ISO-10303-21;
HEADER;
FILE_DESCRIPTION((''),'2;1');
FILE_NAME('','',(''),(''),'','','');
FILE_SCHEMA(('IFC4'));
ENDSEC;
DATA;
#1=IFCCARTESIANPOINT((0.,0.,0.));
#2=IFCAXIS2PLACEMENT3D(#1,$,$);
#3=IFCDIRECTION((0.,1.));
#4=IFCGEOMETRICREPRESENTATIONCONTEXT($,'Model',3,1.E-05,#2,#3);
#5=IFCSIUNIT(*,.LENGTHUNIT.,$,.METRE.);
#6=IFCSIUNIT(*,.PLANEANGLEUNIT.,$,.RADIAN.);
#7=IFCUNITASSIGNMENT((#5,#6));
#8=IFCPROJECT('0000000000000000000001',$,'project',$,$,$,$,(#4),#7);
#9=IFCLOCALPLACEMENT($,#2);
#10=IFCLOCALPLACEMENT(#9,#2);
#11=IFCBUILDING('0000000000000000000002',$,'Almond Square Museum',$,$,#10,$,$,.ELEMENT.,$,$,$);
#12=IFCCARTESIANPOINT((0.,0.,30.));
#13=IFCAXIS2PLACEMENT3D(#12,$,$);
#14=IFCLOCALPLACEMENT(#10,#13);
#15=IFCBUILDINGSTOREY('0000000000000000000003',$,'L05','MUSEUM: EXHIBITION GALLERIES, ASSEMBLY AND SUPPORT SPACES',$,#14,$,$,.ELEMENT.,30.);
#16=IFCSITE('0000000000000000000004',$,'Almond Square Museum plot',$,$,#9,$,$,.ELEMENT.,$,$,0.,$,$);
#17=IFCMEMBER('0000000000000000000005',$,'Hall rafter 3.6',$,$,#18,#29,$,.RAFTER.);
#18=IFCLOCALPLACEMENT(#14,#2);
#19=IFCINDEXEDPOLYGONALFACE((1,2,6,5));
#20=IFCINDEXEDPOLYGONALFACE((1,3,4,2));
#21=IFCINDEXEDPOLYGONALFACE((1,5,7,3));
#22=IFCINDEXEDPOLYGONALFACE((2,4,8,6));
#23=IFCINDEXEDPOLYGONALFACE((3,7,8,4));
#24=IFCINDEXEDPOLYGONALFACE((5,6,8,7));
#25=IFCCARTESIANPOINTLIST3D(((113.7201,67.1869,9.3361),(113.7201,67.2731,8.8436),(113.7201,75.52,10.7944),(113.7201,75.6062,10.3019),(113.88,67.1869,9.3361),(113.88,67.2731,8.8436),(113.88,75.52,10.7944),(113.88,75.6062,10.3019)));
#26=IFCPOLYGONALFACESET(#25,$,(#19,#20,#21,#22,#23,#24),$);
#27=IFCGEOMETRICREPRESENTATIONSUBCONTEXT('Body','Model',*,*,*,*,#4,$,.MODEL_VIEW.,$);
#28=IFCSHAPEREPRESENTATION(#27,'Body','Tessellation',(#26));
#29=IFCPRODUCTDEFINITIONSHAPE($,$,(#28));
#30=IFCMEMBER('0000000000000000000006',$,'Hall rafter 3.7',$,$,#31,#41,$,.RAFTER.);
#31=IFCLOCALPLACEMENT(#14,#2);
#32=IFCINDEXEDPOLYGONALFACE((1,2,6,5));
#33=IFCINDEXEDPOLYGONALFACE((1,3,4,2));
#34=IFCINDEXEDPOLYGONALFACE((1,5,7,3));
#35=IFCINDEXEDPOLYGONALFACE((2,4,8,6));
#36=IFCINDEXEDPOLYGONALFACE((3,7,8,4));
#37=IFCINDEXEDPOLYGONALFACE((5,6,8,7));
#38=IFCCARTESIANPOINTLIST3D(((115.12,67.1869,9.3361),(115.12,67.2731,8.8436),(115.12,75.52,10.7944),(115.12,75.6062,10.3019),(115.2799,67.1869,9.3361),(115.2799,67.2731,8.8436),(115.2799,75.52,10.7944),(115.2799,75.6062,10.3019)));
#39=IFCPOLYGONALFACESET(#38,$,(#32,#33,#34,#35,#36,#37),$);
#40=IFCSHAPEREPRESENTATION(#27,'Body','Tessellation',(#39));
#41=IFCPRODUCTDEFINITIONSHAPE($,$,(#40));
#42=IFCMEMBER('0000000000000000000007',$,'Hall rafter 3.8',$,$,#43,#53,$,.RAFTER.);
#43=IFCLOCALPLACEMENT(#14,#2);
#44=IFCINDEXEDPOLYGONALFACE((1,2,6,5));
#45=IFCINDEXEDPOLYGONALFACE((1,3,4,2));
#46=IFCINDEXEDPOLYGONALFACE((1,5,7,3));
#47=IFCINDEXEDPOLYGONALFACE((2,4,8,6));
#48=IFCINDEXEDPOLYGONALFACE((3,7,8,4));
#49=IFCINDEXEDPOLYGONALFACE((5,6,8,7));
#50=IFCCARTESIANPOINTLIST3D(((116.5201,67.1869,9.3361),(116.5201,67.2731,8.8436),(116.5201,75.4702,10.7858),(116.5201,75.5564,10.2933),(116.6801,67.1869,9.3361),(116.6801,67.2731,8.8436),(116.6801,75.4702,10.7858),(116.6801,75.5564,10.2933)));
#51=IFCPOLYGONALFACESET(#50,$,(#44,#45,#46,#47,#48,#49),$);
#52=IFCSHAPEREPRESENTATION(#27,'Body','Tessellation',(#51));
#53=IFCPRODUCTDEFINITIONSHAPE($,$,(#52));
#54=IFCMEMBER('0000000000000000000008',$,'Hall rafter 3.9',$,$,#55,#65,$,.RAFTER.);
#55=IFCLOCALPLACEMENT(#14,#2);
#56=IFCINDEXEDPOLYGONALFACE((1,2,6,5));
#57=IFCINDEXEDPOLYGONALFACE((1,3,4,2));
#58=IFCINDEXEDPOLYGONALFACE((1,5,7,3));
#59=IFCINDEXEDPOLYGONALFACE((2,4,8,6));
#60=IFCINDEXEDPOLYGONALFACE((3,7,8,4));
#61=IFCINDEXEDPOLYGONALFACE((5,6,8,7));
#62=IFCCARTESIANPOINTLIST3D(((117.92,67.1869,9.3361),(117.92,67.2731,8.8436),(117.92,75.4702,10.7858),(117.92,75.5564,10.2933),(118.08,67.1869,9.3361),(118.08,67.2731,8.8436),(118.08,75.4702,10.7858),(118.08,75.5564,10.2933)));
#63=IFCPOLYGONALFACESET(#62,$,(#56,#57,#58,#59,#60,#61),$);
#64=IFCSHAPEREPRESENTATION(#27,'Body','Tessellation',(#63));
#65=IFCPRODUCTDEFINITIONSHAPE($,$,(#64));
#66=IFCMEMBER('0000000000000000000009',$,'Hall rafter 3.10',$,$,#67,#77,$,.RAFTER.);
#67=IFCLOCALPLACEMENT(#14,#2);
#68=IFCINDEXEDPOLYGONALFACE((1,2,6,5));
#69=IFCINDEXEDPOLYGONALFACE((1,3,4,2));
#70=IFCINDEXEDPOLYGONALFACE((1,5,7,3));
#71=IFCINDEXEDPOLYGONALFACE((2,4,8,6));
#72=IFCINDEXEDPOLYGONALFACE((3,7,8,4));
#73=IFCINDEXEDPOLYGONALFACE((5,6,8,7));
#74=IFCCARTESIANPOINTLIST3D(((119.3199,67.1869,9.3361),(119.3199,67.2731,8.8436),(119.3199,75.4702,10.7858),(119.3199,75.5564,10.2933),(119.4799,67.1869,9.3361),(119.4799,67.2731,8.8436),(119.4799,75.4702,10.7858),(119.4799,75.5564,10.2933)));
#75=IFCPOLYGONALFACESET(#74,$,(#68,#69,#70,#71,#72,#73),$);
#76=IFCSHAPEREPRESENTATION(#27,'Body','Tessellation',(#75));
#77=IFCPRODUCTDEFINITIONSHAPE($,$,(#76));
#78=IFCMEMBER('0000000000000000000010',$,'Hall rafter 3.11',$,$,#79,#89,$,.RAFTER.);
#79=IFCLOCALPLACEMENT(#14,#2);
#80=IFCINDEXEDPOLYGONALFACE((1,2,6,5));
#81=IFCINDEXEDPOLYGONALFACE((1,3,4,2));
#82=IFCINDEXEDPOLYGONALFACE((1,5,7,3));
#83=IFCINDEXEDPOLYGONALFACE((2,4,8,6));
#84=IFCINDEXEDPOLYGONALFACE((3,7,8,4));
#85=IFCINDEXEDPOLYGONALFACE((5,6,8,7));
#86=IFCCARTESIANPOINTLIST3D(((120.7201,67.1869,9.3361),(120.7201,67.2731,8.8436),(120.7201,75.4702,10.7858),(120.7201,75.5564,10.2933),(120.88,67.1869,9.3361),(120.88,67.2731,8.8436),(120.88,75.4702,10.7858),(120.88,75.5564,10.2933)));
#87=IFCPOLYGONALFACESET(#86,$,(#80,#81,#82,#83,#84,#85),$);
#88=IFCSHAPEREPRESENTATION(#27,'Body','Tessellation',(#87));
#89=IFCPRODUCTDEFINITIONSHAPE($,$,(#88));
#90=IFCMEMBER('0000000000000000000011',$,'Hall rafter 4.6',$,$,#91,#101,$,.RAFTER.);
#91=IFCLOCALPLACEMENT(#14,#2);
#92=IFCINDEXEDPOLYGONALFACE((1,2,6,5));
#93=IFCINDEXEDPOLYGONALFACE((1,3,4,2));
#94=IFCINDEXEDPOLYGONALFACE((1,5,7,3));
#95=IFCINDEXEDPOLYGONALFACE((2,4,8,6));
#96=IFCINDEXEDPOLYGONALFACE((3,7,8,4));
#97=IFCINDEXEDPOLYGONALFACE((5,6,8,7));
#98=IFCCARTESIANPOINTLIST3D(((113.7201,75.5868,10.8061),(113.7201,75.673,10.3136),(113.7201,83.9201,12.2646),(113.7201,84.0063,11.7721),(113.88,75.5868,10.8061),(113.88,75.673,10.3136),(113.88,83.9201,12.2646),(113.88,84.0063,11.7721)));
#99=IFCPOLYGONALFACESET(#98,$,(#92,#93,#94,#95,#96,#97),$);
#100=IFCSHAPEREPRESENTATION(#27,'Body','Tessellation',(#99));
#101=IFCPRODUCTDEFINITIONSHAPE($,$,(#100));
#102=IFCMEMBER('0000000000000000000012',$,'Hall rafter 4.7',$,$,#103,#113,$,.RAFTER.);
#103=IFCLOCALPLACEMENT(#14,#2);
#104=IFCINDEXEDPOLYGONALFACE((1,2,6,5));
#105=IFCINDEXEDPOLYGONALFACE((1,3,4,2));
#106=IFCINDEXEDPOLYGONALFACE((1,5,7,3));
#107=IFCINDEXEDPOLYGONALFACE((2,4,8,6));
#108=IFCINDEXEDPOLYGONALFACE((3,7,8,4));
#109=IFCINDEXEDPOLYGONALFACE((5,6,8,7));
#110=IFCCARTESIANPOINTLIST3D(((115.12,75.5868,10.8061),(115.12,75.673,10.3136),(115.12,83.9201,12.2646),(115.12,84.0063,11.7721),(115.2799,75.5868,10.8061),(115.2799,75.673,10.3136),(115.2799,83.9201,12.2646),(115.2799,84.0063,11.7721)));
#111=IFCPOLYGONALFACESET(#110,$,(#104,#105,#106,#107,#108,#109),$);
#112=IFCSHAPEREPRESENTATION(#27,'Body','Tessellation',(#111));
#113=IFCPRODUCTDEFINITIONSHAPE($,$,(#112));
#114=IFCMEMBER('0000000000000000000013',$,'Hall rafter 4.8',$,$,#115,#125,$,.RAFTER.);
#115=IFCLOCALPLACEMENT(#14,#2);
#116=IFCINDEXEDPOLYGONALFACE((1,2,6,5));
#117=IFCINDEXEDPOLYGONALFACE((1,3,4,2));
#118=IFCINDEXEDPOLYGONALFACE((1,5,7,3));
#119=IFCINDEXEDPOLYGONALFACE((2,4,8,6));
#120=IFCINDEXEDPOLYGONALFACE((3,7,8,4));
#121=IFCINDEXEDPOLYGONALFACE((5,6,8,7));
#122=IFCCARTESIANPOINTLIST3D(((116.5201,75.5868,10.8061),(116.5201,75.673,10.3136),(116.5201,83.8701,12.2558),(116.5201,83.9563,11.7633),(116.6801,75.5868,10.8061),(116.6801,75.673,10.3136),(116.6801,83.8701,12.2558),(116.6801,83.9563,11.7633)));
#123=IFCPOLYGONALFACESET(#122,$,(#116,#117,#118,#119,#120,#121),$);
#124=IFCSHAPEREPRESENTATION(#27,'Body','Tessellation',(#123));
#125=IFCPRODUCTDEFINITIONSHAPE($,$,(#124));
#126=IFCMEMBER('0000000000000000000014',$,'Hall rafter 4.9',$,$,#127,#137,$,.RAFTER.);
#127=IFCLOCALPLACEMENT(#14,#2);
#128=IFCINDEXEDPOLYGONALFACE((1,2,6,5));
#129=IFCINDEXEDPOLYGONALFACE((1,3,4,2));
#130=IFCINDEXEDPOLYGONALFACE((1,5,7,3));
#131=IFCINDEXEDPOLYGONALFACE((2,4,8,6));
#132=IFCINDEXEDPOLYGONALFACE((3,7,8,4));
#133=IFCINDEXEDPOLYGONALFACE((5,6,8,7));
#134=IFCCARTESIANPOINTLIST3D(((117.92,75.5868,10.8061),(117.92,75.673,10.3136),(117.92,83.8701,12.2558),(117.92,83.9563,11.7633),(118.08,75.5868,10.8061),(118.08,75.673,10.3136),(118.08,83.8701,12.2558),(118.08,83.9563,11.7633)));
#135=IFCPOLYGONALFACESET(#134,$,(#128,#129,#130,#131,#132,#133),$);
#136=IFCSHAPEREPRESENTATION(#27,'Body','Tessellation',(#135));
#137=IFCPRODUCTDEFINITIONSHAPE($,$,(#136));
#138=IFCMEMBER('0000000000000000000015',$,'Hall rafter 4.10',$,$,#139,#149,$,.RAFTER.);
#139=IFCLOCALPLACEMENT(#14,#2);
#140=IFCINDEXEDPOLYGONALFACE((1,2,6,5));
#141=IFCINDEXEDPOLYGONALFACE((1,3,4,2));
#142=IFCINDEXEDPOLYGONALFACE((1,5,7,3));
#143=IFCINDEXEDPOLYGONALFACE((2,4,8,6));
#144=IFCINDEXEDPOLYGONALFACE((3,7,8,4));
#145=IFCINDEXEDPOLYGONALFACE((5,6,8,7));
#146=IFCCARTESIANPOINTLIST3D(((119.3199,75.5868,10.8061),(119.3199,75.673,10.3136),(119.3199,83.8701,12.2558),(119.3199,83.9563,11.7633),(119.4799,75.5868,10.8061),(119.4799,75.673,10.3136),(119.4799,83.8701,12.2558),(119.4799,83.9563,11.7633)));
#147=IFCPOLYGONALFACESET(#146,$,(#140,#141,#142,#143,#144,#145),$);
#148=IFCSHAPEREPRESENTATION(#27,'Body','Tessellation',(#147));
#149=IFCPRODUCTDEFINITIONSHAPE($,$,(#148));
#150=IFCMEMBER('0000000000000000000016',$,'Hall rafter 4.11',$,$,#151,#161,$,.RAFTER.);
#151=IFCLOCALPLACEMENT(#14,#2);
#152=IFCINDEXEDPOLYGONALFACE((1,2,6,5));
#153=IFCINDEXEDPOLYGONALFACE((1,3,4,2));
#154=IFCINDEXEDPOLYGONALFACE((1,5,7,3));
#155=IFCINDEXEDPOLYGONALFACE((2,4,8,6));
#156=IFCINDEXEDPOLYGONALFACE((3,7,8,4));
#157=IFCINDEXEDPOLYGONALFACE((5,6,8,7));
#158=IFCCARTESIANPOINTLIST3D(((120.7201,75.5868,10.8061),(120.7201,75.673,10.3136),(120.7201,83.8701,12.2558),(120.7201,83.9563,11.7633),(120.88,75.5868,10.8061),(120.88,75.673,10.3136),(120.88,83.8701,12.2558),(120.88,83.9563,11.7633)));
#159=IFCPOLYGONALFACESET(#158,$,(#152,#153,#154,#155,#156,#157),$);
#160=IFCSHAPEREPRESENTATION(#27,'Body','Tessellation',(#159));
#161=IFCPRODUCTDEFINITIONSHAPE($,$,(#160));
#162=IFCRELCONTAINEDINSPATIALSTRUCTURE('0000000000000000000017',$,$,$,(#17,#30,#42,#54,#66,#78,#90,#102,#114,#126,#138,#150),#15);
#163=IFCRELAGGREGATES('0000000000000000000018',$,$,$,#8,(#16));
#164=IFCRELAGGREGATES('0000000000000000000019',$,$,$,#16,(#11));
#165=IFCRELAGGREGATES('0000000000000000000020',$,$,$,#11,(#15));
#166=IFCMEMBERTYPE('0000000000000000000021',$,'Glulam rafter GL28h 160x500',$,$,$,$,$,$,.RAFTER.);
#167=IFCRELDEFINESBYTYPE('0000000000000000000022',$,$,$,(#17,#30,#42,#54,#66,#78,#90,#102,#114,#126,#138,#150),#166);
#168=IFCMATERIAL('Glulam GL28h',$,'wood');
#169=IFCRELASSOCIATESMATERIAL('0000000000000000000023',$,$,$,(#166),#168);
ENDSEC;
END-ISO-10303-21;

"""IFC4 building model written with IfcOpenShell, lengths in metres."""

from ifc_helpers import new_model, si_unit, direction, frame, origin, origin_2d, place, context, subcontext, project, spatial, rectangle, extrude, material, material_profile, profile_set, type_object, element, save


model = new_model("IFC4")

# Units and contexts
model_context = context("Model", 3, precision=1e-05, world=origin(), true_north=direction((0.0, 1.0)))
body_context = subcontext(model_context, "Body", "Model", "MODEL_VIEW")
ifc_project = project(units=[si_unit("LENGTHUNIT", "METRE"), si_unit("PLANEANGLEUNIT", "RADIAN")], contexts=[model_context])

# Site, building, storey
site_placement = place(None, origin())
site = spatial("IfcSite", under=ifc_project, at=site_placement, Name="Almond Square Museum plot", CompositionType="ELEMENT", RefElevation=0.0)
building_placement = place(site_placement, origin())
building = spatial("IfcBuilding", under=site, at=building_placement, Name="Almond Square Museum", CompositionType="ELEMENT")
storey_placement = place(building_placement, frame((0.0, 0.0, 30.0)))
storey = spatial("IfcBuildingStorey", under=building, at=storey_placement, Name="L05", Description="MUSEUM: EXHIBITION GALLERIES, ASSEMBLY AND SUPPORT SPACES", CompositionType="ELEMENT", Elevation=30.0)

# Members
ifc_material_1 = material(Name="Glulam GL28h", Category="wood")
ifc_material_profile_1 = material_profile(ifc_material_1, rectangle(XDim=0.1599, YDim=0.5, at=origin_2d()))
ifc_profile_set_1 = profile_set([ifc_material_profile_1], Name="Glulam GL28h")
member_type_1 = type_object("IfcMemberType", Name="Glulam rafter GL28h 160x500", PredefinedType="RAFTER", material=ifc_profile_set_1)
for number, where, z_axis, x_axis, name in (
    (1, (113.8, 67.23, 9.0898), (0.0, 0.985031, 0.172378), (-1.0, 0.0, 0.0), "Hall rafter 3.6"),
    (2, (115.2, 67.23, 9.0898), (0.0, 0.985031, 0.172378), (-1.0, 0.0, 0.0), "Hall rafter 3.7"),
):
    element("IfcMember", number, at=place(storey_placement, frame(where, z_axis=z_axis, x_axis=x_axis)), inside=storey, type_object=member_type_1, Name=name, PredefinedType="RAFTER", context=body_context, shape_type="SweptSolid", body=[
        extrude(rectangle(XDim=0.1599, YDim=0.5, at=origin_2d()), origin(), (0.0, 0.0, 1.0), 8.4597),
    ])
for number, where, z_axis, x_axis, name in (
    (3, (116.6001, 67.23, 9.0898), (0.0, 0.985028, 0.172397), (-1.0, 0.0, 0.0), "Hall rafter 3.8"),
    (4, (118.0, 67.23, 9.0898), (0.0, 0.985028, 0.172397), (-1.0, 0.0, 0.0), "Hall rafter 3.9"),
    (5, (119.3999, 67.23, 9.0898), (0.0, 0.985028, 0.172397), (-1.0, 0.0, 0.0), "Hall rafter 3.10"),
    (6, (120.8, 67.23, 9.0898), (0.0, 0.985028, 0.172397), (-1.0, 0.0, 0.0), "Hall rafter 3.11"),
):
    element("IfcMember", number, at=place(storey_placement, frame(where, z_axis=z_axis, x_axis=x_axis)), inside=storey, type_object=member_type_1, Name=name, PredefinedType="RAFTER", context=body_context, shape_type="SweptSolid", body=[
        extrude(rectangle(XDim=0.1599, YDim=0.5, at=origin_2d()), origin(), (0.0, 0.0, 1.0), 8.4092),
    ])
for number, where, z_axis, x_axis, name in (
    (7, (113.8, 75.6299, 10.5598), (0.0, 0.985027, 0.172401), (-1.0, 0.0, 0.0), "Hall rafter 4.6"),
    (8, (115.2, 75.6299, 10.5598), (0.0, 0.985027, 0.172401), (-1.0, 0.0, 0.0), "Hall rafter 4.7"),
):
    element("IfcMember", number, at=place(storey_placement, frame(where, z_axis=z_axis, x_axis=x_axis)), inside=storey, type_object=member_type_1, Name=name, PredefinedType="RAFTER", context=body_context, shape_type="SweptSolid", body=[
        extrude(rectangle(XDim=0.1599, YDim=0.5, at=origin_2d()), origin(), (0.0, 0.0, 1.0), 8.46),
    ])
for number, where, z_axis, x_axis, name in (
    (9, (116.6001, 75.6299, 10.5598), (0.0, 0.985028, 0.172397), (-1.0, 0.0, 0.0), "Hall rafter 4.8"),
    (10, (118.0, 75.6299, 10.5598), (0.0, 0.985028, 0.172397), (-1.0, 0.0, 0.0), "Hall rafter 4.9"),
    (11, (119.3999, 75.6299, 10.5598), (0.0, 0.985028, 0.172397), (-1.0, 0.0, 0.0), "Hall rafter 4.10"),
    (12, (120.8, 75.6299, 10.5598), (0.0, 0.985028, 0.172397), (-1.0, 0.0, 0.0), "Hall rafter 4.11"),
):
    element("IfcMember", number, at=place(storey_placement, frame(where, z_axis=z_axis, x_axis=x_axis)), inside=storey, type_object=member_type_1, Name=name, PredefinedType="RAFTER", context=body_context, shape_type="SweptSolid", body=[
        extrude(rectangle(XDim=0.1599, YDim=0.5, at=origin_2d()), origin(), (0.0, 0.0, 1.0), 8.4092),
    ])

save(model, "model.ifc")
